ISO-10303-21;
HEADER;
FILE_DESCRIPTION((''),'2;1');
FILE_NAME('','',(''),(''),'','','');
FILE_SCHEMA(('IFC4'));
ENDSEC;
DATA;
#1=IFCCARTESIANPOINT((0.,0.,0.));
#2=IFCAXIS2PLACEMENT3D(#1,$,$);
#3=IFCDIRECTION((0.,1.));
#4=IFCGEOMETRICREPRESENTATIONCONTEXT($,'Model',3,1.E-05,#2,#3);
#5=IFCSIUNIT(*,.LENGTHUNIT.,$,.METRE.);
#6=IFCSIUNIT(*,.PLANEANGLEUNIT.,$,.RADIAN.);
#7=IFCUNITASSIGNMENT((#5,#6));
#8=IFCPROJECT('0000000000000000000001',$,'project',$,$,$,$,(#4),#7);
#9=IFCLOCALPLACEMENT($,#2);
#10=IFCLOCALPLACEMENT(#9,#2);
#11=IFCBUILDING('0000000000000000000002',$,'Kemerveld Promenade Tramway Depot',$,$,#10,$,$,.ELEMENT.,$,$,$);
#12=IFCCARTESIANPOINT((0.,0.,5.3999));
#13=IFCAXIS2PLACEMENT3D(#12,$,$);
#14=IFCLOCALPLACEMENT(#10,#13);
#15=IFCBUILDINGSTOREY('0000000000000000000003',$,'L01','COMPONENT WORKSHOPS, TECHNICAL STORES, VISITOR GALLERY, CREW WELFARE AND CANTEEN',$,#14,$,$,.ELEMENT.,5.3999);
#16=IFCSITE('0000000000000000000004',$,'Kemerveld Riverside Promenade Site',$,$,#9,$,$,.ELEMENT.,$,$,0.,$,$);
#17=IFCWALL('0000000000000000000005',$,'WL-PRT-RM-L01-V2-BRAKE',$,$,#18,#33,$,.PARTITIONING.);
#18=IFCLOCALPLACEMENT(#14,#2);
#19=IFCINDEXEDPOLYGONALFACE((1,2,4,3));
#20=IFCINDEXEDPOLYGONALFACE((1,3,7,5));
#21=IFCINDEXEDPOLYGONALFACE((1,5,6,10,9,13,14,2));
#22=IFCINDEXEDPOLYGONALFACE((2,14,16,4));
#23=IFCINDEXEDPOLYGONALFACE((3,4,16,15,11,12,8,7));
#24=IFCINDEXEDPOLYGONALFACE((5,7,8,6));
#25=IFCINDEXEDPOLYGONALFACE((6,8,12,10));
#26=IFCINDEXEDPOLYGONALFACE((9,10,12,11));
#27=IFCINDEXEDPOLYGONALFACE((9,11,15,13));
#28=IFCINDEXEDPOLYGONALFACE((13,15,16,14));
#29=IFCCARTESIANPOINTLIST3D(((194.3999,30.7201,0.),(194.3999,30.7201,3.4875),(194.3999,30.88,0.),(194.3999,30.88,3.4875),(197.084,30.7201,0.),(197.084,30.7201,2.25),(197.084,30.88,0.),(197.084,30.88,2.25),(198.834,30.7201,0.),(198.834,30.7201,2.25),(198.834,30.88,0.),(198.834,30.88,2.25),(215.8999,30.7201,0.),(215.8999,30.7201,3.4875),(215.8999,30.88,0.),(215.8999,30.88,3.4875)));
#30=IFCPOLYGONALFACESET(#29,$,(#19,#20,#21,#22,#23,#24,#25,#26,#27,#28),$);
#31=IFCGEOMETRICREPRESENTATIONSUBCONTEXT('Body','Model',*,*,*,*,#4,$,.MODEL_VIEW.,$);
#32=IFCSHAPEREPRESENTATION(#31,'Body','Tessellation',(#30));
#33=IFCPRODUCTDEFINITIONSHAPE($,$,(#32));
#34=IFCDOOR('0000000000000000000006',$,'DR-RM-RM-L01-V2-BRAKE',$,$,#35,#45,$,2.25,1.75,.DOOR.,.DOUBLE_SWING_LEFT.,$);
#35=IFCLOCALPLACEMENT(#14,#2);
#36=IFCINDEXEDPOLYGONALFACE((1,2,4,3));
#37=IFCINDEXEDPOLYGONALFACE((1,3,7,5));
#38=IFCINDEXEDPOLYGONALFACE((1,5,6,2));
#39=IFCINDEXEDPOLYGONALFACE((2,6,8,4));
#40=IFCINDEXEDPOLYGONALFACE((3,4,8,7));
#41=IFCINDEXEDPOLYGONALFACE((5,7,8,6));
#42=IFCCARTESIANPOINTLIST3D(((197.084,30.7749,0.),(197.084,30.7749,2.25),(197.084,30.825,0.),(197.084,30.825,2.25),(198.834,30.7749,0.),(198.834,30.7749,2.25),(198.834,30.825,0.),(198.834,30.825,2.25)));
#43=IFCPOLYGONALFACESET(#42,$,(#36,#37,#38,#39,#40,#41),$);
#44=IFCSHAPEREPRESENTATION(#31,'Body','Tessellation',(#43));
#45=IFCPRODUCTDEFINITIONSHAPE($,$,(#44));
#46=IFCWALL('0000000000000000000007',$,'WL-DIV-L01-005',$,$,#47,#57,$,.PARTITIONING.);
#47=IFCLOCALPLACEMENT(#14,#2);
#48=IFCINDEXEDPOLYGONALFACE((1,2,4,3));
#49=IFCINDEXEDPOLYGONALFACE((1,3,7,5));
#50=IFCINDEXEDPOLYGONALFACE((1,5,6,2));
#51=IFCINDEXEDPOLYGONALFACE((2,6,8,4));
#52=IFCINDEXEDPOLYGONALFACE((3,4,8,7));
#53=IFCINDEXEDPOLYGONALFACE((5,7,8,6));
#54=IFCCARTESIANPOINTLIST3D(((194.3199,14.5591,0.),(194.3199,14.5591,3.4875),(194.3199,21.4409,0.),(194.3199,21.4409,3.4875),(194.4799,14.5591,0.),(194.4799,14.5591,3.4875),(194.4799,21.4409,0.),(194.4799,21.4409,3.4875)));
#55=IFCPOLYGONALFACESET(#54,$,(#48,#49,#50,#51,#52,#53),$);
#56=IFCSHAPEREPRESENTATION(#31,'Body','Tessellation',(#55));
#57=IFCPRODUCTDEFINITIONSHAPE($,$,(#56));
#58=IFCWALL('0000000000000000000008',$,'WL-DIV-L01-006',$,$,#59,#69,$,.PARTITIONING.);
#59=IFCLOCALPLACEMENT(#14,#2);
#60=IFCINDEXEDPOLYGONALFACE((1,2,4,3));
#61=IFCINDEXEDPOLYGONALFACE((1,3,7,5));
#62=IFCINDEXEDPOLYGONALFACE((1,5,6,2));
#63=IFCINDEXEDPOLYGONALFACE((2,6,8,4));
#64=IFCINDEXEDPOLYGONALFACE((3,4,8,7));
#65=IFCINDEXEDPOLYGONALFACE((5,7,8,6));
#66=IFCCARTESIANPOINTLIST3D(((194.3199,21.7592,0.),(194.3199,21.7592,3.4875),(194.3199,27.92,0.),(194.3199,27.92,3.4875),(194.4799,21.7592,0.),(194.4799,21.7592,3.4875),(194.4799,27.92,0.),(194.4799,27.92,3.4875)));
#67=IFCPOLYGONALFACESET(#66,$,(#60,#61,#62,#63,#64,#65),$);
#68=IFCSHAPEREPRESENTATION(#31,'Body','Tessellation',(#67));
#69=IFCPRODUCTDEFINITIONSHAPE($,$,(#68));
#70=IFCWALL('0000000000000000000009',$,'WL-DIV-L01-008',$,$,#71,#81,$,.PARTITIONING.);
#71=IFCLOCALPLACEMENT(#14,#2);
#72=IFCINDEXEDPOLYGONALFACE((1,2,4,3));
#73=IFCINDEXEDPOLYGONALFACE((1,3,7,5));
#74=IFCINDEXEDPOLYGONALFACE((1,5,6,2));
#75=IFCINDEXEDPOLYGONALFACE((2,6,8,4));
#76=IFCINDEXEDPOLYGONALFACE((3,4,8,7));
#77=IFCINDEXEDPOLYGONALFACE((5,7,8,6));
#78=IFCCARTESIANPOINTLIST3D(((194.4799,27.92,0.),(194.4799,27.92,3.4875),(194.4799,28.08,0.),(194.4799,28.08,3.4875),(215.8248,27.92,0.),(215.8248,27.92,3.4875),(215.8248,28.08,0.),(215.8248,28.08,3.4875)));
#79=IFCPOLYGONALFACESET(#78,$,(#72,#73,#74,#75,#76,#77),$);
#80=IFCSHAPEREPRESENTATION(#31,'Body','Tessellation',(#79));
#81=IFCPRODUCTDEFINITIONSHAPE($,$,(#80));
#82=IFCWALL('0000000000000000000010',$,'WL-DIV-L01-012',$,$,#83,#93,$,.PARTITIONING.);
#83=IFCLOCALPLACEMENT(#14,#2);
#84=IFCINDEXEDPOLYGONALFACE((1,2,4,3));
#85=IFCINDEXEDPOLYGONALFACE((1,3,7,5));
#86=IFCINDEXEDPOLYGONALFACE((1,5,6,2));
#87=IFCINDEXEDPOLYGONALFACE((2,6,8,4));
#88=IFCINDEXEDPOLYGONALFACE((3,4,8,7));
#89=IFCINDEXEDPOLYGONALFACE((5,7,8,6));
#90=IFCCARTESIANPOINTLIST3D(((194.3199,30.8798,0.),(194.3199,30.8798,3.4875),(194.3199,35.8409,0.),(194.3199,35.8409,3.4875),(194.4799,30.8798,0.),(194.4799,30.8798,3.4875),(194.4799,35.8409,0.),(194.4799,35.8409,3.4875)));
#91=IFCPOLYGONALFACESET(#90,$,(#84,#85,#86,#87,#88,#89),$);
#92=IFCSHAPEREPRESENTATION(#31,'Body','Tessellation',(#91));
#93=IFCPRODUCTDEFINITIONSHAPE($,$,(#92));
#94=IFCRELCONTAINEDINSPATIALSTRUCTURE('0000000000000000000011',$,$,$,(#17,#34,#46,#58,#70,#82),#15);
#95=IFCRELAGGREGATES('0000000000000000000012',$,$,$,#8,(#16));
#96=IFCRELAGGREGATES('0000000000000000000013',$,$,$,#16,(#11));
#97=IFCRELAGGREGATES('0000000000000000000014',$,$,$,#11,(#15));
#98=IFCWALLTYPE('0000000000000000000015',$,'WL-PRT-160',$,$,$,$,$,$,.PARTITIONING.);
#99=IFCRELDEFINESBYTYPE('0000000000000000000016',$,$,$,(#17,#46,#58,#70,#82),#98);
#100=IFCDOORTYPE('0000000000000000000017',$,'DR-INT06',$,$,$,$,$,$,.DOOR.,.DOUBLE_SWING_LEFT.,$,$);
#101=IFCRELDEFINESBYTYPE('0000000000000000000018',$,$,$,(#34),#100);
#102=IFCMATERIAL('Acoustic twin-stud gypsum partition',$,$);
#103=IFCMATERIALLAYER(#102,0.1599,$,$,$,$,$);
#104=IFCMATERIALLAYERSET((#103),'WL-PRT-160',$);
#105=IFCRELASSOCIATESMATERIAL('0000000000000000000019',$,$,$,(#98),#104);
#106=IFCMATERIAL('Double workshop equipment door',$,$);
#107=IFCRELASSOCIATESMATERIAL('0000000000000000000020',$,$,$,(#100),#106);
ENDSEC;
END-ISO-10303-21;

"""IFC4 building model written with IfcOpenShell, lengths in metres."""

from ifc_helpers import new_model, si_unit, direction, frame, frame_2d, origin, place, context, subcontext, project, spatial, rectangle, extrude, material, layer, layer_set, type_object, element, fill, save


model = new_model("IFC4")

# Units and contexts
model_context = context("Model", 3, precision=1e-05, world=origin(), true_north=direction((0.0, 1.0)))
body_context = subcontext(model_context, "Body", "Model", "MODEL_VIEW")
ifc_project = project(units=[si_unit("LENGTHUNIT", "METRE"), si_unit("PLANEANGLEUNIT", "RADIAN")], contexts=[model_context])

# Site, building, storey
site_placement = place(None, origin())
site = spatial("IfcSite", under=ifc_project, at=site_placement, Name="Kemerveld Riverside Promenade Site", CompositionType="ELEMENT", RefElevation=0.0)
building_placement = place(site_placement, origin())
building = spatial("IfcBuilding", under=site, at=building_placement, Name="Kemerveld Promenade Tramway Depot", CompositionType="ELEMENT")
storey_placement = place(building_placement, frame((0.0, 0.0, 5.3999)))
storey = spatial("IfcBuildingStorey", under=building, at=storey_placement, Name="L01", Description="COMPONENT WORKSHOPS, TECHNICAL STORES, VISITOR GALLERY, CREW WELFARE AND CANTEEN", CompositionType="ELEMENT", Elevation=5.3999)

# Wall, opening, door
ifc_material_1 = material(Name="Acoustic twin-stud gypsum partition")
ifc_layer = layer(ifc_material_1, 0.1599)
ifc_layer_set = layer_set([ifc_layer], Name="WL-PRT-160")
wall_type = type_object("IfcWallType", Name="WL-PRT-160", PredefinedType="PARTITIONING", material=ifc_layer_set)
wall_1_placement = place(storey_placement, frame((194.3999, 30.8, 0.0), z_axis=(0.0, 0.0, 1.0), x_axis=(1.0, 0.0, 0.0)))
wall_1 = element("IfcWall", 1, at=wall_1_placement, inside=storey, type_object=wall_type, Name="WL-PRT-RM-L01-V2-BRAKE", PredefinedType="PARTITIONING", context=body_context, shape_type="SweptSolid", body=[
    extrude(rectangle(XDim=21.5, YDim=0.1599, at=frame_2d((10.75, 0.0))), origin(), (0.0, 0.0, 1.0), 3.4875),
])
opening_placement = place(wall_1_placement, frame((2.6841, 0.0, 0.0)))
opening = element("IfcOpeningElement", 2, at=opening_placement, cuts=wall_1, PredefinedType="OPENING", context=body_context, shape_type="SweptSolid", body=[
    extrude(rectangle(XDim=1.75, YDim=2.25, at=frame_2d((0.875, 1.125))), frame((0.0, 0.0898, 0.0), z_axis=(0.0, -1.0, 0.0), x_axis=(1.0, 0.0, 0.0)), (0.0, 0.0, 1.0), 0.1799),
])
ifc_material_2 = material(Name="Double workshop equipment door")
door_type = type_object("IfcDoorType", Name="DR-INT06", OperationType="DOUBLE_SWING_LEFT", PredefinedType="DOOR", material=ifc_material_2)
door_placement = place(opening_placement, origin())
door = element("IfcDoor", 3, at=door_placement, inside=storey, type_object=door_type, Name="DR-RM-RM-L01-V2-BRAKE", OperationType="DOUBLE_SWING_LEFT", OverallHeight=2.25, OverallWidth=1.75, PredefinedType="DOOR", context=body_context, shape_type="SweptSolid", body=[
    extrude(rectangle(XDim=1.75, YDim=2.25, at=frame_2d((0.875, 1.125))), frame((0.0, 0.0249, 0.0), z_axis=(0.0, -1.0, 0.0), x_axis=(1.0, 0.0, 0.0)), (0.0, 0.0, 1.0), 0.05),
])
fill(opening, door)

# Walls
wall_2_placement = place(storey_placement, frame((194.3999, 14.5591, 0.0), z_axis=(0.0, 0.0, 1.0), x_axis=(0.0, 1.0, 0.0)))
element("IfcWall", 4, at=wall_2_placement, inside=storey, type_object=wall_type, Name="WL-DIV-L01-005", PredefinedType="PARTITIONING", context=body_context, shape_type="SweptSolid", body=[
    extrude(rectangle(XDim=6.8818, YDim=0.1599, at=frame_2d((3.4409, 0.0))), origin(), (0.0, 0.0, 1.0), 3.4875),
])
wall_3_placement = place(storey_placement, frame((194.3999, 21.759, 0.0), z_axis=(0.0, 0.0, 1.0), x_axis=(0.0, 1.0, 0.0)))
element("IfcWall", 5, at=wall_3_placement, inside=storey, type_object=wall_type, Name="WL-DIV-L01-006", PredefinedType="PARTITIONING", context=body_context, shape_type="SweptSolid", body=[
    extrude(rectangle(XDim=6.1609, YDim=0.1599, at=frame_2d((3.0806, 0.0))), origin(), (0.0, 0.0, 1.0), 3.4875),
])
wall_4_placement = place(storey_placement, frame((194.48, 28.0, 0.0), z_axis=(0.0, 0.0, 1.0), x_axis=(1.0, 0.0, 0.0)))
element("IfcWall", 6, at=wall_4_placement, inside=storey, type_object=wall_type, Name="WL-DIV-L01-008", PredefinedType="PARTITIONING", context=body_context, shape_type="SweptSolid", body=[
    extrude(rectangle(XDim=21.345, YDim=0.1599, at=frame_2d((10.6724, 0.0))), origin(), (0.0, 0.0, 1.0), 3.4875),
])
wall_5_placement = place(storey_placement, frame((194.3999, 30.8799, 0.0), z_axis=(0.0, 0.0, 1.0), x_axis=(0.0, 1.0, 0.0)))
element("IfcWall", 7, at=wall_5_placement, inside=storey, type_object=wall_type, Name="WL-DIV-L01-012", PredefinedType="PARTITIONING", context=body_context, shape_type="SweptSolid", body=[
    extrude(rectangle(XDim=4.9612, YDim=0.1599, at=frame_2d((2.4805, 0.0))), origin(), (0.0, 0.0, 1.0), 3.4875),
])

save(model, "model.ifc")
